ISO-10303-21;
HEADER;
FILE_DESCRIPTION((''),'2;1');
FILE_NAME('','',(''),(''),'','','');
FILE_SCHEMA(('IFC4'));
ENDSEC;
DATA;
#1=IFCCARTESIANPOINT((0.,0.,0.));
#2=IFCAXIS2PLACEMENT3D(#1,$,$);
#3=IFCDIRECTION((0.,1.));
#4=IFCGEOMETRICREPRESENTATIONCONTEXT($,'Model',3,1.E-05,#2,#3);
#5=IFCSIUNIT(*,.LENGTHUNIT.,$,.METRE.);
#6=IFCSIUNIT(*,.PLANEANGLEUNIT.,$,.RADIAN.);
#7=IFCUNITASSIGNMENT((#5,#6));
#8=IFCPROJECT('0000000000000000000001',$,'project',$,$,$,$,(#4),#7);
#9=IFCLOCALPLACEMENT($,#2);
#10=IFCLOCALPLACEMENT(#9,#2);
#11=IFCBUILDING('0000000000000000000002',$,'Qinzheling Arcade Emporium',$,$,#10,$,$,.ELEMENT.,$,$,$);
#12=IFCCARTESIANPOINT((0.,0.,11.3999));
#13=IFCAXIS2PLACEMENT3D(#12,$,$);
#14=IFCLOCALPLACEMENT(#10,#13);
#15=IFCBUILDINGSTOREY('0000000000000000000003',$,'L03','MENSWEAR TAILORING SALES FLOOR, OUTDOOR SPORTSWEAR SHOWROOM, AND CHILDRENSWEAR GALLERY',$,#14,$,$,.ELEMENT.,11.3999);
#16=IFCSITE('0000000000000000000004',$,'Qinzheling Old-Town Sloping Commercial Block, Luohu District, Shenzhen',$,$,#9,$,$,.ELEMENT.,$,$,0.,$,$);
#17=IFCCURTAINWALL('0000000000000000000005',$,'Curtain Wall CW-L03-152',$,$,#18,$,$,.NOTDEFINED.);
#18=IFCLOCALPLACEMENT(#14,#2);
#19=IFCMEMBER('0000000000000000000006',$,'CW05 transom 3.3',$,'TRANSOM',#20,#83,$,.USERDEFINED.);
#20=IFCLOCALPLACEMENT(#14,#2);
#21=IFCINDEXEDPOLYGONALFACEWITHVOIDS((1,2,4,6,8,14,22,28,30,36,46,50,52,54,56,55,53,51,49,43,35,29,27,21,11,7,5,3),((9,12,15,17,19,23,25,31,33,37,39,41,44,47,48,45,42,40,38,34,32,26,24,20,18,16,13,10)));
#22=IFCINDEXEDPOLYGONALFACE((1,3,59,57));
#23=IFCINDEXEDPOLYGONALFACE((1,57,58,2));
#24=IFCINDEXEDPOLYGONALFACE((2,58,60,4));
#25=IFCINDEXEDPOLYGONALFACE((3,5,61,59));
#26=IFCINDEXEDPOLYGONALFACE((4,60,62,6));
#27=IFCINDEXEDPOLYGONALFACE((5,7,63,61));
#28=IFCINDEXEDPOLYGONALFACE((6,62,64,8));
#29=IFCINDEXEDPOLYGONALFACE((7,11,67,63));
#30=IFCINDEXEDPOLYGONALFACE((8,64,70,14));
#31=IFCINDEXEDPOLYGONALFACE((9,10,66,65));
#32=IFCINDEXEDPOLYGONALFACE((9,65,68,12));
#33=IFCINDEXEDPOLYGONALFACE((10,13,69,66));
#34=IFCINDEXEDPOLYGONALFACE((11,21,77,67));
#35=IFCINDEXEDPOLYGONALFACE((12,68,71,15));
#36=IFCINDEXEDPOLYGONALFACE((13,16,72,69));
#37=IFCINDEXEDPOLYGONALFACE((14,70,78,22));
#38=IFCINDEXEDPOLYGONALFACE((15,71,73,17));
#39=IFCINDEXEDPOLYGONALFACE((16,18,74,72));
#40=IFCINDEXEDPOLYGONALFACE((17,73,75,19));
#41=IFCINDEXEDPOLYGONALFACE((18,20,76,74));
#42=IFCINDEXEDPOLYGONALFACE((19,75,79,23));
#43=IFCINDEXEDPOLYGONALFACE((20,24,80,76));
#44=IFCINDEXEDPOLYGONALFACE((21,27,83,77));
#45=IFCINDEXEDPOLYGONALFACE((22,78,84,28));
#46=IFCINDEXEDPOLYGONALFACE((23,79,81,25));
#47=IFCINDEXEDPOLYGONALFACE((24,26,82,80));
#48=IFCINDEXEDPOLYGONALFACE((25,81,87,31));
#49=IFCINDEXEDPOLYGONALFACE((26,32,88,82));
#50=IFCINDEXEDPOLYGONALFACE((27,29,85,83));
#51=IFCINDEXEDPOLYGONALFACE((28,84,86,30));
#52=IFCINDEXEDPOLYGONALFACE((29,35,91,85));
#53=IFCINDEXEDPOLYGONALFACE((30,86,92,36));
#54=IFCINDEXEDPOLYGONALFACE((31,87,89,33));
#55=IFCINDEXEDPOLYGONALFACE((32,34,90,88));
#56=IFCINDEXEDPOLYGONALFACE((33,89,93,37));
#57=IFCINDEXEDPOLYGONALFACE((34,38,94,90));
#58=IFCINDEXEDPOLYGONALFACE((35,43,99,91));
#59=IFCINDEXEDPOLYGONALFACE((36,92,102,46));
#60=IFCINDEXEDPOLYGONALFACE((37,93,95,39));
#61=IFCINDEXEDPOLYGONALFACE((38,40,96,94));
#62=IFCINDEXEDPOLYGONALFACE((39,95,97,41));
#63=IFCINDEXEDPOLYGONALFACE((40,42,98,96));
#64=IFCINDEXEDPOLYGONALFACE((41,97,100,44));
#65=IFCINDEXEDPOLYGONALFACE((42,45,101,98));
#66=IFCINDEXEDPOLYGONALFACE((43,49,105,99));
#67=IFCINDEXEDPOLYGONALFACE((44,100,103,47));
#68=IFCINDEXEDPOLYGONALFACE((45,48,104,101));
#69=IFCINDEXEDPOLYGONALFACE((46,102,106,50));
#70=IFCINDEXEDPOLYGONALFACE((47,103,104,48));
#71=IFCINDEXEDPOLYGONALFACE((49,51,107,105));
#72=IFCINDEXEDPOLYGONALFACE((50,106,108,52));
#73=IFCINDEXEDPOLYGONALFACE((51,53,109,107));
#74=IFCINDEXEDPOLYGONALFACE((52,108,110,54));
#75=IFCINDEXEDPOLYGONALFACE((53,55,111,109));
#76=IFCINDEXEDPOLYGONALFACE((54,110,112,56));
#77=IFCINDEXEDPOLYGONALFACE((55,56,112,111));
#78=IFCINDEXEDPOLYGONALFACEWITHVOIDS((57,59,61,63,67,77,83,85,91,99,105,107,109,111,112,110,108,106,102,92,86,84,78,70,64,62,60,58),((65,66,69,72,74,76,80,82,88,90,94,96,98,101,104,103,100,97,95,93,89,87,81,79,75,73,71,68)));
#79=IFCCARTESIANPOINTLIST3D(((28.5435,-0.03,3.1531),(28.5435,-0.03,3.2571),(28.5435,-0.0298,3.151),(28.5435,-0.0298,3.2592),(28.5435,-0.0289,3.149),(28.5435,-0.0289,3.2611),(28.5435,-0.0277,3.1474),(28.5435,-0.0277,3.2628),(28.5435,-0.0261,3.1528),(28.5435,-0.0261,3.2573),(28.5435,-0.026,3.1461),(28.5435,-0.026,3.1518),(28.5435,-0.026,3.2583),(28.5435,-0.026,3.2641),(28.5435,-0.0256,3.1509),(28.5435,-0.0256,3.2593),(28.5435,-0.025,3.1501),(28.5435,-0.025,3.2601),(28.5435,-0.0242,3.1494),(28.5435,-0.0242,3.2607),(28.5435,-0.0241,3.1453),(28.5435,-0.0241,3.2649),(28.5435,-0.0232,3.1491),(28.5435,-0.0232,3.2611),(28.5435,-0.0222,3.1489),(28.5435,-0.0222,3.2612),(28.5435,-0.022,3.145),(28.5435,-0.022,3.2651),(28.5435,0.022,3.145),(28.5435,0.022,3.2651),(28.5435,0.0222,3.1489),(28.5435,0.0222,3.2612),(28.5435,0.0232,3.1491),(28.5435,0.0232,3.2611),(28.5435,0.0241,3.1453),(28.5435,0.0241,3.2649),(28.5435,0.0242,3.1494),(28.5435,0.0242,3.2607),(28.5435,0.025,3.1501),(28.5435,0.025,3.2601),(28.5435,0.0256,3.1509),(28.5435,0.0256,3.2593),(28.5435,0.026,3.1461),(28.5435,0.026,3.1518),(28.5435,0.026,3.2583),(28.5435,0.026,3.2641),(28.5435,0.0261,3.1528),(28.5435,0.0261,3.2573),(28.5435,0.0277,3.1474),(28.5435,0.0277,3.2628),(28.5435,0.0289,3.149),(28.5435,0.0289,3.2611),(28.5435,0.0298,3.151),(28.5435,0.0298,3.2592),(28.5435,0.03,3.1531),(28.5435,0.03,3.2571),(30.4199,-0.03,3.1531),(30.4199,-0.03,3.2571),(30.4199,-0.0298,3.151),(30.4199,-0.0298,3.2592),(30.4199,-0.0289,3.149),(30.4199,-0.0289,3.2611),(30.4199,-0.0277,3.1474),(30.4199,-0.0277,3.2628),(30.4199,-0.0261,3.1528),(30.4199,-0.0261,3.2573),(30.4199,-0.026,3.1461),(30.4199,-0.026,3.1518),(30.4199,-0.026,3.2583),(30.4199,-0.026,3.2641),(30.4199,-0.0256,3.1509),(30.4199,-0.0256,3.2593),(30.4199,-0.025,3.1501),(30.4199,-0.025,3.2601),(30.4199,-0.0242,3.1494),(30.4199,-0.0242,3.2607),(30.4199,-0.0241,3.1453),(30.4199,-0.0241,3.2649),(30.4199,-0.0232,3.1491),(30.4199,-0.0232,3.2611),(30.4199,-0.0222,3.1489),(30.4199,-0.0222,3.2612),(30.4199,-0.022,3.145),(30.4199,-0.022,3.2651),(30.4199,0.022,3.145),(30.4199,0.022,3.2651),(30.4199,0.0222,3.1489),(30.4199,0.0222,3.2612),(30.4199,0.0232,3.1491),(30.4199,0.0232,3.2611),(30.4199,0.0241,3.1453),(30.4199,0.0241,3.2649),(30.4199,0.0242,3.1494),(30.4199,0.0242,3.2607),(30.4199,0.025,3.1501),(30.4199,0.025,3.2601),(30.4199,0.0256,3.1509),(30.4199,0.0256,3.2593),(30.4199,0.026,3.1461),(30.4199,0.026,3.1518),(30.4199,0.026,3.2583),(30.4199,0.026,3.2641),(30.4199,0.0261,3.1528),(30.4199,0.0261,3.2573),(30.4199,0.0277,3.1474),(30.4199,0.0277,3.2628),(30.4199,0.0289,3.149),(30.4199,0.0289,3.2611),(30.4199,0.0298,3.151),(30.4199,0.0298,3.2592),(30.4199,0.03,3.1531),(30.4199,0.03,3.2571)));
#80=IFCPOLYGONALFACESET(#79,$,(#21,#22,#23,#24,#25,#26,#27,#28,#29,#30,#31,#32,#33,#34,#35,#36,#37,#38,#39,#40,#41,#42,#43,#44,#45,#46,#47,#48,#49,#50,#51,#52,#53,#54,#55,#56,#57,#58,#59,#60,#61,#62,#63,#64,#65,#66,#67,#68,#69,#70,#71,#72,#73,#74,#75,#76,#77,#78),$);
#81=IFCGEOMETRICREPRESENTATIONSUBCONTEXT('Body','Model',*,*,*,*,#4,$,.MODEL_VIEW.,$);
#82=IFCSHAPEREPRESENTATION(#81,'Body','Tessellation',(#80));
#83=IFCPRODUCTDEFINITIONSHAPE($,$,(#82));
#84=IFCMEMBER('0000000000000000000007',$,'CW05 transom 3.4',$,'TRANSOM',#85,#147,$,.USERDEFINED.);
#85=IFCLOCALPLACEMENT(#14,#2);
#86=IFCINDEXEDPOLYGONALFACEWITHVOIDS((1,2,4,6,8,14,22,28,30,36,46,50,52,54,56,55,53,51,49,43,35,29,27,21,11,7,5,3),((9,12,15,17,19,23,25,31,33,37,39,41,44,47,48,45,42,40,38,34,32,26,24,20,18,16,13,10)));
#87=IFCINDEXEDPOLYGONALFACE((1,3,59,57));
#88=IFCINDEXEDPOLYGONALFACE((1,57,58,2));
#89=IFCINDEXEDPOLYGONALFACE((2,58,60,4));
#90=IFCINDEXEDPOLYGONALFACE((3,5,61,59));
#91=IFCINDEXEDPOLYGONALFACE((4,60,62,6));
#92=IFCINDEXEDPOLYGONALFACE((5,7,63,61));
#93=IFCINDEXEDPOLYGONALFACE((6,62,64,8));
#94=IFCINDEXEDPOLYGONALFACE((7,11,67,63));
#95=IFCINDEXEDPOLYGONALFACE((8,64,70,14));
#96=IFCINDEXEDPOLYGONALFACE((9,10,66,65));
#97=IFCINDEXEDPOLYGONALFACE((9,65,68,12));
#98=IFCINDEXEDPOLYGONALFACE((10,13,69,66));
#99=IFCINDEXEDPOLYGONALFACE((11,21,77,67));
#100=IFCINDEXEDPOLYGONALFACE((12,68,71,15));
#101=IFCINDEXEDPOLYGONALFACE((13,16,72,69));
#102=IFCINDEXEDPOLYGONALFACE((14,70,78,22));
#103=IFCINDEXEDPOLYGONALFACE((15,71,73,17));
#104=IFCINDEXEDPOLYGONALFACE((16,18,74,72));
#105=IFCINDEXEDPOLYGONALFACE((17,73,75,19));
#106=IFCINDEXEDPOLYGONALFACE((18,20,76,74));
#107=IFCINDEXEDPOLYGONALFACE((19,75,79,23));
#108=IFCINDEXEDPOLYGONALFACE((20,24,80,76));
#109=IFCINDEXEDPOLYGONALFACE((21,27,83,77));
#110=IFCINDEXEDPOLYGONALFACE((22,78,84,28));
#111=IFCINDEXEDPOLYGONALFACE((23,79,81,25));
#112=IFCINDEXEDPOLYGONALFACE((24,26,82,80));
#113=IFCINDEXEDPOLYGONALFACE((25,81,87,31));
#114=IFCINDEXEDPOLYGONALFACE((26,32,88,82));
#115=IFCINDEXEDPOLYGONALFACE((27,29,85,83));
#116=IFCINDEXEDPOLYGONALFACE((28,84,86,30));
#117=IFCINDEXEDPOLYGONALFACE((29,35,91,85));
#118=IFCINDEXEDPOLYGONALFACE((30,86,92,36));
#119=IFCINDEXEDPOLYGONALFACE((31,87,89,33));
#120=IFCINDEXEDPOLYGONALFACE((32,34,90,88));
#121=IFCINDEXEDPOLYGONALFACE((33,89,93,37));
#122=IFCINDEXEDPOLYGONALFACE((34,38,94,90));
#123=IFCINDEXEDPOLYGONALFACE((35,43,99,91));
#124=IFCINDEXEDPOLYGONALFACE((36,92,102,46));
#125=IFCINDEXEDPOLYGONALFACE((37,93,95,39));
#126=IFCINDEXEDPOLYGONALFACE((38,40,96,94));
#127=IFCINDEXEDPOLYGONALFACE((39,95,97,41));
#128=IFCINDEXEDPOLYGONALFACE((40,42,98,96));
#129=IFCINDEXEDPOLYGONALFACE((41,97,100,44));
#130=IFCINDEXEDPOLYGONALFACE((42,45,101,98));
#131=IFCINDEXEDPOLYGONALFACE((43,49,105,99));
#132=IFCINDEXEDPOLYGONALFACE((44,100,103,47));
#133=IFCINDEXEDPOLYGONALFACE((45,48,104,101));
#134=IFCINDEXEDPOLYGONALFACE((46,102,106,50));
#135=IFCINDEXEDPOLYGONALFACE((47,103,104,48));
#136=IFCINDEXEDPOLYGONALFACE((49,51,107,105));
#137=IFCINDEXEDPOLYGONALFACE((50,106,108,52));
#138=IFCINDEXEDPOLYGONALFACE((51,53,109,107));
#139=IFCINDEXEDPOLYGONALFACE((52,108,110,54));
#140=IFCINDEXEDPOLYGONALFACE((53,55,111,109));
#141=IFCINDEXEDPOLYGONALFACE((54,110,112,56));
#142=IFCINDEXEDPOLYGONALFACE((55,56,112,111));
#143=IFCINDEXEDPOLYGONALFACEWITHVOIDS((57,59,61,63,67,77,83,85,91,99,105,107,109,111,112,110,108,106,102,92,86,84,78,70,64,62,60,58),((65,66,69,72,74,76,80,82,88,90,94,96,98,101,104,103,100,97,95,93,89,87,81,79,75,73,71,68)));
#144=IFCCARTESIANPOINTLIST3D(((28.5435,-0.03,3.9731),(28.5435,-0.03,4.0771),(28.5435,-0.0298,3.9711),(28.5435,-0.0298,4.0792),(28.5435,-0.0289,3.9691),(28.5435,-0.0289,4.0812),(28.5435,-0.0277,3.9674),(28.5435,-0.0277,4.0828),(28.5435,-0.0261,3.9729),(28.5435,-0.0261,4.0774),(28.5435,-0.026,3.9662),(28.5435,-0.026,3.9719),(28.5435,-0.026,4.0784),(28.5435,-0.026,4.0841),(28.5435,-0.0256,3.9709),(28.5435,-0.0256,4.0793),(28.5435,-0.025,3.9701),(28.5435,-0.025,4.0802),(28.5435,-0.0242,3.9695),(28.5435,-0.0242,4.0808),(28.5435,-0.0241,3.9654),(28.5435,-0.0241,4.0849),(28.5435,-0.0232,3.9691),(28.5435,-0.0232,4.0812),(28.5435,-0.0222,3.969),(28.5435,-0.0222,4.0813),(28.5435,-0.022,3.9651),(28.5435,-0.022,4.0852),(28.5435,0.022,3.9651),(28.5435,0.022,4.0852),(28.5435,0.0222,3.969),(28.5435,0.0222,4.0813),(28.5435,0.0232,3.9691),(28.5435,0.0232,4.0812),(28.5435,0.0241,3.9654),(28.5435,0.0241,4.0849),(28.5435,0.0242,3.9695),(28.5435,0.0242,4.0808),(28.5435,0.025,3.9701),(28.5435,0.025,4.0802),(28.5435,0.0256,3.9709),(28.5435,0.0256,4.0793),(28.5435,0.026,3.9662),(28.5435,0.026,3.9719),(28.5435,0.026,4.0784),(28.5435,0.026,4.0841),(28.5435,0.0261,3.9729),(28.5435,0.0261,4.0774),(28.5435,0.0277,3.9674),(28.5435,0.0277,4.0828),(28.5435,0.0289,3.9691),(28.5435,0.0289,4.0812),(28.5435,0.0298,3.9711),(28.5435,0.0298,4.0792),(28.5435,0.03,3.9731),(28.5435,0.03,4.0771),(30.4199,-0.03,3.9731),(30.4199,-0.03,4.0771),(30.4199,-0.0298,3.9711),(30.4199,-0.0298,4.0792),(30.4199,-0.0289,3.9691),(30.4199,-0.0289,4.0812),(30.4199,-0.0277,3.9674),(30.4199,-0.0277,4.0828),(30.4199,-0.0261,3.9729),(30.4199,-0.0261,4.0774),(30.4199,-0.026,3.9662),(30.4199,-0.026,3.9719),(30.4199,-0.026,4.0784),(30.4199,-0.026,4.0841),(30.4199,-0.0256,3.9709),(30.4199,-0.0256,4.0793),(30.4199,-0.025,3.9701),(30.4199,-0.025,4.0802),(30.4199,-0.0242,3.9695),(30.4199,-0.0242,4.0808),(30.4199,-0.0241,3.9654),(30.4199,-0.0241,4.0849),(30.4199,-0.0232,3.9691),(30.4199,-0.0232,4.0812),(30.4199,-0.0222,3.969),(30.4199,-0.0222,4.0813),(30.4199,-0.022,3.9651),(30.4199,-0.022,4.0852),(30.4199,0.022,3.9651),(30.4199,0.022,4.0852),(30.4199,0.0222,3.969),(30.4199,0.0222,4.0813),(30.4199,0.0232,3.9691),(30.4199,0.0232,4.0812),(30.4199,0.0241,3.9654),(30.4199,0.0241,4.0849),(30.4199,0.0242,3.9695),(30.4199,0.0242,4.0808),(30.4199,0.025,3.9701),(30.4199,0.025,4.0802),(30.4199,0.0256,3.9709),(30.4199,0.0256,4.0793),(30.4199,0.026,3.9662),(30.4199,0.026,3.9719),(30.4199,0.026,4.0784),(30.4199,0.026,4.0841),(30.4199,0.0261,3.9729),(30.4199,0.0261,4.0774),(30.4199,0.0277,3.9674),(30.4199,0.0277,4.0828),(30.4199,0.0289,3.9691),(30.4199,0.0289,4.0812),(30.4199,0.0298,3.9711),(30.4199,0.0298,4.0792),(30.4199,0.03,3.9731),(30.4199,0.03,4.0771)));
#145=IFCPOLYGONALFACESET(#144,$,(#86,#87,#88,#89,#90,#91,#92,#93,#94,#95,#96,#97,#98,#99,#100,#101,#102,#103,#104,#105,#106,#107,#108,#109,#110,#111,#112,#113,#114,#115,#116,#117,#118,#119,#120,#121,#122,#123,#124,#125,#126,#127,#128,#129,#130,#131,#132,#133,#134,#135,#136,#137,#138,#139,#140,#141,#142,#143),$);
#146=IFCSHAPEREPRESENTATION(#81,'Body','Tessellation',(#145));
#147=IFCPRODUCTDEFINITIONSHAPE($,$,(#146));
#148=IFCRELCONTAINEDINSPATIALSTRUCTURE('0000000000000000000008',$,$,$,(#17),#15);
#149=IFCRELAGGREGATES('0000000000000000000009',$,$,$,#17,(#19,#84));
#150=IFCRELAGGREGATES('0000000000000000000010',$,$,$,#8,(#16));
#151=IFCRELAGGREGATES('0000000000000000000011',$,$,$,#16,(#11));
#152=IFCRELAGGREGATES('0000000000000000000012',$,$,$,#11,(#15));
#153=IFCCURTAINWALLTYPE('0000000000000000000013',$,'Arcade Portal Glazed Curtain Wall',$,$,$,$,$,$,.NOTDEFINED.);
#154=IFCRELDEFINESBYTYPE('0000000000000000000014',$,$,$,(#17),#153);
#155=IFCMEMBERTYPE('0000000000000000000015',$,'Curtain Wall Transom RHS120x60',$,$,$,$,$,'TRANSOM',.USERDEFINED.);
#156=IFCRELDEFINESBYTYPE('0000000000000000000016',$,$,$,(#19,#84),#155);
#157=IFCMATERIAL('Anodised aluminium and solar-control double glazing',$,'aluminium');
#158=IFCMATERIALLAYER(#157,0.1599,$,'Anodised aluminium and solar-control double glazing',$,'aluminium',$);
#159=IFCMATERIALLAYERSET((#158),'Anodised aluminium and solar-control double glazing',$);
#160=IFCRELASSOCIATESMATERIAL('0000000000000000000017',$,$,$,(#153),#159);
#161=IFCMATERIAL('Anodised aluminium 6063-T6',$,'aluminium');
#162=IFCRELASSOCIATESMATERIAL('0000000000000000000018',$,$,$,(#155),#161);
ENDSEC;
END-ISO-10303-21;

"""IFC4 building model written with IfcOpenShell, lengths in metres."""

from ifc_helpers import new_model, si_unit, direction, frame, origin, origin_2d, place, context, subcontext, project, spatial, hollow_rectangle, extrude, material, layer, layer_set, material_profile, profile_set, type_object, element, aggregate, save


model = new_model("IFC4")

# Units and contexts
model_context = context("Model", 3, precision=1e-05, world=origin(), true_north=direction((0.0, 1.0)))
body_context = subcontext(model_context, "Body", "Model", "MODEL_VIEW")
ifc_project = project(units=[si_unit("LENGTHUNIT", "METRE"), si_unit("PLANEANGLEUNIT", "RADIAN")], contexts=[model_context])

# Site, building, storey
site_placement = place(None, origin())
site = spatial("IfcSite", under=ifc_project, at=site_placement, Name="Qinzheling Old-Town Sloping Commercial Block, Luohu District, Shenzhen", CompositionType="ELEMENT", RefElevation=0.0)
building_placement = place(site_placement, origin())
building = spatial("IfcBuilding", under=site, at=building_placement, Name="Qinzheling Arcade Emporium", CompositionType="ELEMENT")
storey_placement = place(building_placement, frame((0.0, 0.0, 11.3999)))
storey = spatial("IfcBuildingStorey", under=building, at=storey_placement, Name="L03", Description="MENSWEAR TAILORING SALES FLOOR, OUTDOOR SPORTSWEAR SHOWROOM, AND CHILDRENSWEAR GALLERY", CompositionType="ELEMENT", Elevation=11.3999)

# Curtain wall, members
ifc_material_1 = material(Name="Anodised aluminium and solar-control double glazing", Category="aluminium")
ifc_layer_1 = layer(ifc_material_1, 0.1599, Name="Anodised aluminium and solar-control double glazing", Category="aluminium")
ifc_layer_set_1 = layer_set([ifc_layer_1], Name="Anodised aluminium and solar-control double glazing")
curtain_wall_type = type_object("IfcCurtainWallType", Name="Arcade Portal Glazed Curtain Wall", PredefinedType="NOTDEFINED", material=ifc_layer_set_1)
curtain_wall_placement = place(storey_placement, origin())
curtain_wall = element("IfcCurtainWall", 1, at=curtain_wall_placement, inside=storey, type_object=curtain_wall_type, Name="Curtain Wall CW-L03-152", PredefinedType="NOTDEFINED")
ifc_material_2 = material(Name="Anodised aluminium 6063-T6", Category="aluminium")
ifc_material_profile_1 = material_profile(ifc_material_2, hollow_rectangle(XDim=0.0601, YDim=0.1201, WallThickness=0.0039, InnerFilletRadius=0.0039, OuterFilletRadius=0.0081, at=origin_2d()), Name="RHS 120x60x4", Category="aluminium")
ifc_profile_set_1 = profile_set([ifc_material_profile_1], Name="Anodised aluminium 6063-T6")
member_type_1 = type_object("IfcMemberType", Name="Curtain Wall Transom RHS120x60", ElementType="TRANSOM", PredefinedType="USERDEFINED", material=ifc_profile_set_1)
member_1_placement = place(storey_placement, frame((30.4199, 0.0, 3.2051), z_axis=(-1.0, 0.0, 0.0), x_axis=(0.0, -1.0, 0.0)))
member_1 = element("IfcMember", 2, at=member_1_placement, type_object=member_type_1, Name="CW05 transom 3.3", ObjectType="TRANSOM", PredefinedType="USERDEFINED", context=body_context, shape_type="SweptSolid", body=[
    extrude(hollow_rectangle(XDim=0.0601, YDim=0.1201, WallThickness=0.0039, InnerFilletRadius=0.0039, OuterFilletRadius=0.0081, at=origin_2d()), origin(), (0.0, 0.0, 1.0), 1.8765),
])
member_2_placement = place(storey_placement, frame((30.4199, 0.0, 4.0251), z_axis=(-1.0, 0.0, 0.0), x_axis=(0.0, -1.0, 0.0)))
member_2 = element("IfcMember", 3, at=member_2_placement, type_object=member_type_1, Name="CW05 transom 3.4", ObjectType="TRANSOM", PredefinedType="USERDEFINED", context=body_context, shape_type="SweptSolid", body=[
    extrude(hollow_rectangle(XDim=0.0601, YDim=0.1201, WallThickness=0.0039, InnerFilletRadius=0.0039, OuterFilletRadius=0.0081, at=origin_2d()), origin(), (0.0, 0.0, 1.0), 1.8765),
])

aggregate(curtain_wall, [member_1, member_2])

save(model, "model.ifc")
